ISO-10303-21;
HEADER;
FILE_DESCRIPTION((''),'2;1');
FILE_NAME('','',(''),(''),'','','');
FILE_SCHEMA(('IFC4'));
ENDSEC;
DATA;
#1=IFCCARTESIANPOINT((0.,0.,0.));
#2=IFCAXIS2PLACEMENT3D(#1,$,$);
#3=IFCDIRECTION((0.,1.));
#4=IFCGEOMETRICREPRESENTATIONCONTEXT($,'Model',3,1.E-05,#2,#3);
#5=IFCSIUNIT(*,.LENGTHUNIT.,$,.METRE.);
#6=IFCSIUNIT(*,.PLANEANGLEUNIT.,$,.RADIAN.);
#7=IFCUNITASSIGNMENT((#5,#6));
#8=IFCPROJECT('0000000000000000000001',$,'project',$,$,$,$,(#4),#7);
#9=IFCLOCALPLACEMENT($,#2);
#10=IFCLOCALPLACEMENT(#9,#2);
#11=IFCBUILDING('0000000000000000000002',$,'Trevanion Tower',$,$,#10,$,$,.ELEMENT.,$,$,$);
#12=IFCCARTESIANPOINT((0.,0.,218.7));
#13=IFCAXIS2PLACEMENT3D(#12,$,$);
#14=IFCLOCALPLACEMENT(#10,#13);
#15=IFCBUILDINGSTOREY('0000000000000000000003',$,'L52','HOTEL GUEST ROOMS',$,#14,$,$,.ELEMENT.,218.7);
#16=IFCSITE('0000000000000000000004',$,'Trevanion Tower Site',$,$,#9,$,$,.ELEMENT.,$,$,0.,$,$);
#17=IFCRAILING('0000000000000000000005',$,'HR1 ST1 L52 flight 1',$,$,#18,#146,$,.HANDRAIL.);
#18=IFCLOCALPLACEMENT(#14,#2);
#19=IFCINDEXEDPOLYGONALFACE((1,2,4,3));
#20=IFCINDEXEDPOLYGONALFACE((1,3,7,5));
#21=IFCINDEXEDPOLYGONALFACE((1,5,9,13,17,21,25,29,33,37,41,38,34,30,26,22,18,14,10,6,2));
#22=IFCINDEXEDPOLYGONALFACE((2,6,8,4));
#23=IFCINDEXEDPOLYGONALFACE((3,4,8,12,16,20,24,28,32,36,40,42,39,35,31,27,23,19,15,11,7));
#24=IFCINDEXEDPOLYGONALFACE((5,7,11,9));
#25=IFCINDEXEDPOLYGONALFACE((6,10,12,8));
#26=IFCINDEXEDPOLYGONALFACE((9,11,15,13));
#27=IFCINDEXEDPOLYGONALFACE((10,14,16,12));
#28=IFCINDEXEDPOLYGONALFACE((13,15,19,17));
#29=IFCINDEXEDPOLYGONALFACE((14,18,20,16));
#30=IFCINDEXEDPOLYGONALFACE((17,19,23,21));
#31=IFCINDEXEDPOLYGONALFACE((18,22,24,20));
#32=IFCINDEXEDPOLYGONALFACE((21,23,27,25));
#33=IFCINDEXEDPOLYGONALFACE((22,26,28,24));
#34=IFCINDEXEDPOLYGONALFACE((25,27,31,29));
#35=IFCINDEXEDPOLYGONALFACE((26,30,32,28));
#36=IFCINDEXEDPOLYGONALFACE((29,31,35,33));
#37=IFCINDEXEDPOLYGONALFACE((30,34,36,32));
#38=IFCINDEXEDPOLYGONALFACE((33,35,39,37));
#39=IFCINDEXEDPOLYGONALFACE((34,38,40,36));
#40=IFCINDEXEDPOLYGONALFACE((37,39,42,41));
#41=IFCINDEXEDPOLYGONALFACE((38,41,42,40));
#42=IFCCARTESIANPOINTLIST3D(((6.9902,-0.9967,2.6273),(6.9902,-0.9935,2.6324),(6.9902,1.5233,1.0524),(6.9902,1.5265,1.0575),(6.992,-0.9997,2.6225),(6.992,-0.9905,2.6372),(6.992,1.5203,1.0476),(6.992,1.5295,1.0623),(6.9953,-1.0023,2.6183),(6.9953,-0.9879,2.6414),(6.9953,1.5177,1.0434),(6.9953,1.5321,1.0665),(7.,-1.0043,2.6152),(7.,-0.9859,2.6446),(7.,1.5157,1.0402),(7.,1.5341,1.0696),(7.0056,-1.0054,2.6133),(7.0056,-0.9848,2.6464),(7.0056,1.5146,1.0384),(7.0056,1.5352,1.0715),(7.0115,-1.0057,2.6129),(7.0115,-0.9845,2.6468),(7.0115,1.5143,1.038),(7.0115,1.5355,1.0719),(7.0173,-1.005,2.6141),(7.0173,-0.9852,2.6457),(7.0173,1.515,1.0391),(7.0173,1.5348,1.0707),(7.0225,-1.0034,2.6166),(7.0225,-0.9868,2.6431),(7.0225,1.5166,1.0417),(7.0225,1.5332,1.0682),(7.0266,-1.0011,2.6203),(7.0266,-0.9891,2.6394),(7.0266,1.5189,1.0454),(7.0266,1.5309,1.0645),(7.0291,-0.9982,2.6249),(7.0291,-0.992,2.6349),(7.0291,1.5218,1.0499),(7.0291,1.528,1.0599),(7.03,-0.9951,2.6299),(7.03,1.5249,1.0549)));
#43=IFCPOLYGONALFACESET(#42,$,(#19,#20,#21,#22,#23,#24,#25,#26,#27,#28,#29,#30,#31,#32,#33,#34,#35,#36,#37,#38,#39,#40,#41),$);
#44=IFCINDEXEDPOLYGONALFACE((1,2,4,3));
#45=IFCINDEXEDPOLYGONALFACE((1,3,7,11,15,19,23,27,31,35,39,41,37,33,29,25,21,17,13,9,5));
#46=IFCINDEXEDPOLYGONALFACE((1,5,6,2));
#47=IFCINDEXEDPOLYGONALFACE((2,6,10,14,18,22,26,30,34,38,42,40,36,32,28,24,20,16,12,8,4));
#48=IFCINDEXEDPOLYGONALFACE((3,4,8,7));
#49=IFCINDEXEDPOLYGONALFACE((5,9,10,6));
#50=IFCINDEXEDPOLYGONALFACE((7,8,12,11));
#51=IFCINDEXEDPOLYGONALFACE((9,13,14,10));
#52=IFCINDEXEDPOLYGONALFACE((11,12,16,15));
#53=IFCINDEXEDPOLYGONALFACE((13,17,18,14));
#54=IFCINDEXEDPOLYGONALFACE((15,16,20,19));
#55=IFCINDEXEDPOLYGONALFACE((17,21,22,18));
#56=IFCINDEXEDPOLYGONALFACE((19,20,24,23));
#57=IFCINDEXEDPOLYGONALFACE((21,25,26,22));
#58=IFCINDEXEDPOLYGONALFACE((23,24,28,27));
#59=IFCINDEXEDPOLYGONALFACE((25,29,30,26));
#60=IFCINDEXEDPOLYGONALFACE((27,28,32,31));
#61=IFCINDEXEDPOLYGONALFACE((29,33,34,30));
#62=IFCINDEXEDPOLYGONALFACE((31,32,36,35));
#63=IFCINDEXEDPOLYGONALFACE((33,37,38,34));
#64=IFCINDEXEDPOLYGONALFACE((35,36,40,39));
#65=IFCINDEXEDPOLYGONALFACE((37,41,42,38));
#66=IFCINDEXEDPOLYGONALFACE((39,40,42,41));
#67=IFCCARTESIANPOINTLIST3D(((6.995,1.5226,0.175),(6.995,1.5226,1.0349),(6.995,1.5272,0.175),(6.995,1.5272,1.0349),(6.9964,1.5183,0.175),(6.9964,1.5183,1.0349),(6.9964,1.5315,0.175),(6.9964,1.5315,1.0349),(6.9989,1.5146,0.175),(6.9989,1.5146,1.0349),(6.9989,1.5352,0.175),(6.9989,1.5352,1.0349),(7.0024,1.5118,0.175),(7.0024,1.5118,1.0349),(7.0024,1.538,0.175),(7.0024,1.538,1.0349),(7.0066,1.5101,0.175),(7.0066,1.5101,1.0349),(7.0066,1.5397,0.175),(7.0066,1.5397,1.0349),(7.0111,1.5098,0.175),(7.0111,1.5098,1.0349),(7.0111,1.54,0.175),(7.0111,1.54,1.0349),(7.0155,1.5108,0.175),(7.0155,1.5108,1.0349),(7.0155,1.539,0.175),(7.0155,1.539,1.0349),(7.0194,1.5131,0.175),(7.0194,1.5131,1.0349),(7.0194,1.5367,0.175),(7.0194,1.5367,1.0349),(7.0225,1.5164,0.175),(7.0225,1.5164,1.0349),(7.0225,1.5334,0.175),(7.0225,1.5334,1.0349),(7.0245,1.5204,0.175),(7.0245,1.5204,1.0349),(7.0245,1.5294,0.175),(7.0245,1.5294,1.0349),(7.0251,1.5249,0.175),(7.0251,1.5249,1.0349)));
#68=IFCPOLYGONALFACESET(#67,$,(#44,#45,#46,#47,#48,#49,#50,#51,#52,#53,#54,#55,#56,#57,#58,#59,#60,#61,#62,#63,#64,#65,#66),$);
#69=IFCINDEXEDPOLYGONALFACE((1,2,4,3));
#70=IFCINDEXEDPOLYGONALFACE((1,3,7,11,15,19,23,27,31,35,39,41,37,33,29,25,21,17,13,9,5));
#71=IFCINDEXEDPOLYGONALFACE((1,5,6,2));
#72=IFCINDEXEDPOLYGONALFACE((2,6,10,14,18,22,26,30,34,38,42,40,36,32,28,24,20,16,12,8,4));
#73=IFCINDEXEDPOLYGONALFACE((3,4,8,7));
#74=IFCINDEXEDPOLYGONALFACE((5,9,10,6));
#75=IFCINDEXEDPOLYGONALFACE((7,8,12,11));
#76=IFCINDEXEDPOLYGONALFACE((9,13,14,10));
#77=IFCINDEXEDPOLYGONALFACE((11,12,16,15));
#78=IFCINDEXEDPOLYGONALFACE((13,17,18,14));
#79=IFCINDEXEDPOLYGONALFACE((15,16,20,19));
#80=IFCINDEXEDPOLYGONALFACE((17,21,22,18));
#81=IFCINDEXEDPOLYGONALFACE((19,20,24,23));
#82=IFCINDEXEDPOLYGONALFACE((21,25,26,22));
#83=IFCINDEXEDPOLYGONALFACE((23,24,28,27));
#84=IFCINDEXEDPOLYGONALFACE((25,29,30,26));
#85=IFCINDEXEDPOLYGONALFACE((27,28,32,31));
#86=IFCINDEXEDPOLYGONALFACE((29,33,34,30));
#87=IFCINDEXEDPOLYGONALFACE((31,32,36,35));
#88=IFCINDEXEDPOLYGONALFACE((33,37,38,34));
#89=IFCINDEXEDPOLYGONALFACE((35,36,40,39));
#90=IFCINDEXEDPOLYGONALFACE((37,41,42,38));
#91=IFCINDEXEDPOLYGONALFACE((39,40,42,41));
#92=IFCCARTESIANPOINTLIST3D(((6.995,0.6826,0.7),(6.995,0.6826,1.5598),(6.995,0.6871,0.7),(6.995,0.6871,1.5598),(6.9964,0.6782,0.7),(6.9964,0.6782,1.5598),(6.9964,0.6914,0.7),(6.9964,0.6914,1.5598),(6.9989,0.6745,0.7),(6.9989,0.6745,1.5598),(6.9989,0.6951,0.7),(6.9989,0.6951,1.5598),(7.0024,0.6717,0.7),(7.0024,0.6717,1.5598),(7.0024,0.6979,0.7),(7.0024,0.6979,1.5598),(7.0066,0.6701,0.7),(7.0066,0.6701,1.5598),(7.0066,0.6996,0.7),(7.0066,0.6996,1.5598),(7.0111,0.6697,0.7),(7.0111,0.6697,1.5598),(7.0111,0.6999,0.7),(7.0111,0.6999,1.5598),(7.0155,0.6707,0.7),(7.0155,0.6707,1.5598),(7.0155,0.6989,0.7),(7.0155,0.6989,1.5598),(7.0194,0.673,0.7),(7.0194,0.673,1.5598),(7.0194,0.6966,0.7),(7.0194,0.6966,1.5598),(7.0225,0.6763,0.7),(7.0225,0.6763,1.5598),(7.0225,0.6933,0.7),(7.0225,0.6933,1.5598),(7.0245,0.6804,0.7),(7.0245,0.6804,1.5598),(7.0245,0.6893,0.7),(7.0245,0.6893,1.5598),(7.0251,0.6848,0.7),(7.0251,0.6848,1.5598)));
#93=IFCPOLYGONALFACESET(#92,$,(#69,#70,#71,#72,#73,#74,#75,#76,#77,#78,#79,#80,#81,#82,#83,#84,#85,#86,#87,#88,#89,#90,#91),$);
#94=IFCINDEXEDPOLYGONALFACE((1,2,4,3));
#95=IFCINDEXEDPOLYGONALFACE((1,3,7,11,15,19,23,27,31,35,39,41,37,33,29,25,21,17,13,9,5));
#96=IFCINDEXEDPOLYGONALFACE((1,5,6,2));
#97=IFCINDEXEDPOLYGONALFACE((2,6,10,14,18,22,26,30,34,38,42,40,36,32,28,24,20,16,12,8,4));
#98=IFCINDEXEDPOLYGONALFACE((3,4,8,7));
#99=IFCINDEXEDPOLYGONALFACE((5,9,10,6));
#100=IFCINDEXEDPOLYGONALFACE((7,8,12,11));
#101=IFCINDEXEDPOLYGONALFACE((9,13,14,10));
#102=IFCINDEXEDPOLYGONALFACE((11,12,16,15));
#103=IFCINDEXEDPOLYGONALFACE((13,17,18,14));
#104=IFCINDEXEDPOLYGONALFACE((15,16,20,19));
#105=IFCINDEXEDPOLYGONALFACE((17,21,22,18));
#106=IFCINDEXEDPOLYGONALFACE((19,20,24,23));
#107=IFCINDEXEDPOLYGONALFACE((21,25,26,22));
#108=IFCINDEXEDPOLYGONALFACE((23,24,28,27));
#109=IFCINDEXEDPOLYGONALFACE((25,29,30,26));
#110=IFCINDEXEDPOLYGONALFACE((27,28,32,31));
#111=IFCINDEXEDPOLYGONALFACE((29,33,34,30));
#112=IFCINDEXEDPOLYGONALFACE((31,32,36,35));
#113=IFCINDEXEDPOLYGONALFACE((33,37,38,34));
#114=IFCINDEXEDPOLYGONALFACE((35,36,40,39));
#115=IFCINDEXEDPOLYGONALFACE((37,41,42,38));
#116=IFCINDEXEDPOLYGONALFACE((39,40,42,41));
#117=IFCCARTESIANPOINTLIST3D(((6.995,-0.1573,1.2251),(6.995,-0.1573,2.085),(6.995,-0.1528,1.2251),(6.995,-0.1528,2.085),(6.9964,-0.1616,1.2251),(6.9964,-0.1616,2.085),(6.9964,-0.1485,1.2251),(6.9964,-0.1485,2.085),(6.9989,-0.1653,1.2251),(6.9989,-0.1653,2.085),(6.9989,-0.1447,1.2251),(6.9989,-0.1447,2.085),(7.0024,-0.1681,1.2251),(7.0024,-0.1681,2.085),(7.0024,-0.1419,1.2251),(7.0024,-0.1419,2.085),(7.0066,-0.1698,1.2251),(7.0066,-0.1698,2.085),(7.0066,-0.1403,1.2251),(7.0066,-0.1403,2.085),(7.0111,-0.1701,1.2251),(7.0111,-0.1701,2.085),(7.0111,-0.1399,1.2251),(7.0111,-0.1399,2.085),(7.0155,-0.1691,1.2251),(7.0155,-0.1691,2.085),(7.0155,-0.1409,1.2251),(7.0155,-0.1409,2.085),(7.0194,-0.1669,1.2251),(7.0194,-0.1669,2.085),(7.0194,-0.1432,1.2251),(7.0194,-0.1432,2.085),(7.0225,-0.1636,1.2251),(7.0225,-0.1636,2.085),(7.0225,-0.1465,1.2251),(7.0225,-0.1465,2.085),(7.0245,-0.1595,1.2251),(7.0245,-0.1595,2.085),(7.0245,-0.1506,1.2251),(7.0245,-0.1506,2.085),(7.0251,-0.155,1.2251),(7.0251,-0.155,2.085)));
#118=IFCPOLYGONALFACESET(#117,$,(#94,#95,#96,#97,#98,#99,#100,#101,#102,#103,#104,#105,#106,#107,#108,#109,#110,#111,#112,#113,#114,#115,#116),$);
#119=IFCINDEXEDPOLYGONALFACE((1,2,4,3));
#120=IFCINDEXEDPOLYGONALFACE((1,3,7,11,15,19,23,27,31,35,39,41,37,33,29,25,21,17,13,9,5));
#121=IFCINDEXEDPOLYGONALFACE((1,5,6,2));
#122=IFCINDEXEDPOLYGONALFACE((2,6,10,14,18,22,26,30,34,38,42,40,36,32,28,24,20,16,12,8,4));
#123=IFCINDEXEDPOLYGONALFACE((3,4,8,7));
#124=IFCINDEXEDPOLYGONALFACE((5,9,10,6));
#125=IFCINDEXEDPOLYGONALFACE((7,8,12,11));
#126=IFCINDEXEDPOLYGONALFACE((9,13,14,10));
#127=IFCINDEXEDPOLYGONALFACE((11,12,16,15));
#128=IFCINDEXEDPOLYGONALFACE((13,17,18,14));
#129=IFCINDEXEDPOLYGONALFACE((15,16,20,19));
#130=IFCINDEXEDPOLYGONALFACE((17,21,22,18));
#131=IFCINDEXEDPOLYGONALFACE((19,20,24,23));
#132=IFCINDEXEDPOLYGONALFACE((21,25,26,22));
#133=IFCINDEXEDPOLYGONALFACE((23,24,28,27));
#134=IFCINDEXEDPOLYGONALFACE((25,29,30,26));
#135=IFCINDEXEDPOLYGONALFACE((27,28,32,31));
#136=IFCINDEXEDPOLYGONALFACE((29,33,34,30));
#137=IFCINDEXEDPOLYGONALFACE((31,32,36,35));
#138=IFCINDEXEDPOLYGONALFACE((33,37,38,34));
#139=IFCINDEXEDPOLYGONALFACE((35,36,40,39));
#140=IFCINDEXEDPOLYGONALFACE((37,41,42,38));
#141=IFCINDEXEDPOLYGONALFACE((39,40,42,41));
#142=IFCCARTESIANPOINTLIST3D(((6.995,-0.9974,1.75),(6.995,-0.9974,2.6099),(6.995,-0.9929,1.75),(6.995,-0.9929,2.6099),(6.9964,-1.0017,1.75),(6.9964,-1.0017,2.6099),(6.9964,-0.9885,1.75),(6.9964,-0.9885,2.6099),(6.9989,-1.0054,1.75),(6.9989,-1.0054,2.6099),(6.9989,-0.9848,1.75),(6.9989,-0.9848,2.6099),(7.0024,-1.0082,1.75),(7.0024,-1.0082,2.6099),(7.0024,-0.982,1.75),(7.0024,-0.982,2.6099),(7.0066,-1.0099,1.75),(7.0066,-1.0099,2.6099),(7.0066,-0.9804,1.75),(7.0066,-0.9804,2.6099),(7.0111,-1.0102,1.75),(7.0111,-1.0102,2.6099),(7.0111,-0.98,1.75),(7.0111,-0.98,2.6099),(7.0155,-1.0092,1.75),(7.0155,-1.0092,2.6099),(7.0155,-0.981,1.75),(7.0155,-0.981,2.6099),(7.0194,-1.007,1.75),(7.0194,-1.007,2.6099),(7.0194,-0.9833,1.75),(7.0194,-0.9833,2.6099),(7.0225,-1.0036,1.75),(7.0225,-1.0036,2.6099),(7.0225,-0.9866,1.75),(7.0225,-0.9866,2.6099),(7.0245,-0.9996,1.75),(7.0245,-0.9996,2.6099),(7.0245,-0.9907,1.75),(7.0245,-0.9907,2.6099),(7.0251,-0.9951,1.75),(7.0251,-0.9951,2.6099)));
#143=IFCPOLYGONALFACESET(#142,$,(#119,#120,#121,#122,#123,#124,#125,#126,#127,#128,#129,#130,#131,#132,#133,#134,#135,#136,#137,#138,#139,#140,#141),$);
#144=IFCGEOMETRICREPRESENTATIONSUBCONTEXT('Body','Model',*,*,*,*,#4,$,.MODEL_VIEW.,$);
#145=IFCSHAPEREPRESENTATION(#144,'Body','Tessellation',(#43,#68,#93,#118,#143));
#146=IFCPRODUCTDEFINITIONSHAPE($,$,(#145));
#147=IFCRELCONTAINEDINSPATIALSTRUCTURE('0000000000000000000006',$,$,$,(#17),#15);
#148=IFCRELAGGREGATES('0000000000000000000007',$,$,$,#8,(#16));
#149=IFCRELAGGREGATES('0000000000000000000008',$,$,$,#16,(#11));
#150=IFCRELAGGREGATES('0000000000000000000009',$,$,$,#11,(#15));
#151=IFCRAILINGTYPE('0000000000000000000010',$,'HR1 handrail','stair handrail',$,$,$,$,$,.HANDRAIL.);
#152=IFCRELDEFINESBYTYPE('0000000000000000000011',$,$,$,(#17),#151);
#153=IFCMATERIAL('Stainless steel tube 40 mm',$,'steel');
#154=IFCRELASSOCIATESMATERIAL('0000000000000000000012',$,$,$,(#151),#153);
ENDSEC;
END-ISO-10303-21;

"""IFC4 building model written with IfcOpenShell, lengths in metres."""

from ifc_helpers import new_model, si_unit, direction, frame, origin, origin_2d, place, context, subcontext, project, spatial, circle, extrude, material, type_object, element, save


model = new_model("IFC4")

# Units and contexts
model_context = context("Model", 3, precision=1e-05, world=origin(), true_north=direction((0.0, 1.0)))
body_context = subcontext(model_context, "Body", "Model", "MODEL_VIEW")
ifc_project = project(units=[si_unit("LENGTHUNIT", "METRE"), si_unit("PLANEANGLEUNIT", "RADIAN")], contexts=[model_context])

# Site, building, storey
site_placement = place(None, origin())
site = spatial("IfcSite", under=ifc_project, at=site_placement, Name="Trevanion Tower Site", CompositionType="ELEMENT", RefElevation=0.0)
building_placement = place(site_placement, origin())
building = spatial("IfcBuilding", under=site, at=building_placement, Name="Trevanion Tower", CompositionType="ELEMENT")
storey_placement = place(building_placement, frame((0.0, 0.0, 218.7)))
storey = spatial("IfcBuildingStorey", under=building, at=storey_placement, Name="L52", Description="HOTEL GUEST ROOMS", CompositionType="ELEMENT", Elevation=218.7)

# Railing
ifc_material_1 = material(Name="Stainless steel tube 40 mm", Category="steel")
railing_type = type_object("IfcRailingType", Name="HR1 handrail", Description="stair handrail", PredefinedType="HANDRAIL", material=ifc_material_1)
for number, where, name in (
    (1, (7.01, 1.5249, 0.175), "HR1 ST1 L52 flight 1"),
):
    element("IfcRailing", number, at=place(storey_placement, frame(where)), inside=storey, type_object=railing_type, Name=name, PredefinedType="HANDRAIL", context=body_context, shape_type="SweptSolid", body=[
        extrude(circle(Radius=0.02, at=origin_2d()), frame((0.0, 0.0, 0.8799), z_axis=(0.0, -0.848008, 0.529984), x_axis=(1.0, 0.0, 0.0)), (0.0, 0.0, 1.0), 2.9717),
        extrude(circle(Radius=0.0151, at=origin_2d()), origin(), (0.0, 0.0, 1.0), 0.8599),
        extrude(circle(Radius=0.0151, at=origin_2d()), frame((0.0, -0.8401, 0.5249)), (0.0, 0.0, 1.0), 0.8599),
        extrude(circle(Radius=0.0151, at=origin_2d()), frame((0.0, -1.6799, 1.05)), (0.0, 0.0, 1.0), 0.8599),
        extrude(circle(Radius=0.0151, at=origin_2d()), frame((0.0, -2.52, 1.575)), (0.0, 0.0, 1.0), 0.8599),
    ])

save(model, "model.ifc")
